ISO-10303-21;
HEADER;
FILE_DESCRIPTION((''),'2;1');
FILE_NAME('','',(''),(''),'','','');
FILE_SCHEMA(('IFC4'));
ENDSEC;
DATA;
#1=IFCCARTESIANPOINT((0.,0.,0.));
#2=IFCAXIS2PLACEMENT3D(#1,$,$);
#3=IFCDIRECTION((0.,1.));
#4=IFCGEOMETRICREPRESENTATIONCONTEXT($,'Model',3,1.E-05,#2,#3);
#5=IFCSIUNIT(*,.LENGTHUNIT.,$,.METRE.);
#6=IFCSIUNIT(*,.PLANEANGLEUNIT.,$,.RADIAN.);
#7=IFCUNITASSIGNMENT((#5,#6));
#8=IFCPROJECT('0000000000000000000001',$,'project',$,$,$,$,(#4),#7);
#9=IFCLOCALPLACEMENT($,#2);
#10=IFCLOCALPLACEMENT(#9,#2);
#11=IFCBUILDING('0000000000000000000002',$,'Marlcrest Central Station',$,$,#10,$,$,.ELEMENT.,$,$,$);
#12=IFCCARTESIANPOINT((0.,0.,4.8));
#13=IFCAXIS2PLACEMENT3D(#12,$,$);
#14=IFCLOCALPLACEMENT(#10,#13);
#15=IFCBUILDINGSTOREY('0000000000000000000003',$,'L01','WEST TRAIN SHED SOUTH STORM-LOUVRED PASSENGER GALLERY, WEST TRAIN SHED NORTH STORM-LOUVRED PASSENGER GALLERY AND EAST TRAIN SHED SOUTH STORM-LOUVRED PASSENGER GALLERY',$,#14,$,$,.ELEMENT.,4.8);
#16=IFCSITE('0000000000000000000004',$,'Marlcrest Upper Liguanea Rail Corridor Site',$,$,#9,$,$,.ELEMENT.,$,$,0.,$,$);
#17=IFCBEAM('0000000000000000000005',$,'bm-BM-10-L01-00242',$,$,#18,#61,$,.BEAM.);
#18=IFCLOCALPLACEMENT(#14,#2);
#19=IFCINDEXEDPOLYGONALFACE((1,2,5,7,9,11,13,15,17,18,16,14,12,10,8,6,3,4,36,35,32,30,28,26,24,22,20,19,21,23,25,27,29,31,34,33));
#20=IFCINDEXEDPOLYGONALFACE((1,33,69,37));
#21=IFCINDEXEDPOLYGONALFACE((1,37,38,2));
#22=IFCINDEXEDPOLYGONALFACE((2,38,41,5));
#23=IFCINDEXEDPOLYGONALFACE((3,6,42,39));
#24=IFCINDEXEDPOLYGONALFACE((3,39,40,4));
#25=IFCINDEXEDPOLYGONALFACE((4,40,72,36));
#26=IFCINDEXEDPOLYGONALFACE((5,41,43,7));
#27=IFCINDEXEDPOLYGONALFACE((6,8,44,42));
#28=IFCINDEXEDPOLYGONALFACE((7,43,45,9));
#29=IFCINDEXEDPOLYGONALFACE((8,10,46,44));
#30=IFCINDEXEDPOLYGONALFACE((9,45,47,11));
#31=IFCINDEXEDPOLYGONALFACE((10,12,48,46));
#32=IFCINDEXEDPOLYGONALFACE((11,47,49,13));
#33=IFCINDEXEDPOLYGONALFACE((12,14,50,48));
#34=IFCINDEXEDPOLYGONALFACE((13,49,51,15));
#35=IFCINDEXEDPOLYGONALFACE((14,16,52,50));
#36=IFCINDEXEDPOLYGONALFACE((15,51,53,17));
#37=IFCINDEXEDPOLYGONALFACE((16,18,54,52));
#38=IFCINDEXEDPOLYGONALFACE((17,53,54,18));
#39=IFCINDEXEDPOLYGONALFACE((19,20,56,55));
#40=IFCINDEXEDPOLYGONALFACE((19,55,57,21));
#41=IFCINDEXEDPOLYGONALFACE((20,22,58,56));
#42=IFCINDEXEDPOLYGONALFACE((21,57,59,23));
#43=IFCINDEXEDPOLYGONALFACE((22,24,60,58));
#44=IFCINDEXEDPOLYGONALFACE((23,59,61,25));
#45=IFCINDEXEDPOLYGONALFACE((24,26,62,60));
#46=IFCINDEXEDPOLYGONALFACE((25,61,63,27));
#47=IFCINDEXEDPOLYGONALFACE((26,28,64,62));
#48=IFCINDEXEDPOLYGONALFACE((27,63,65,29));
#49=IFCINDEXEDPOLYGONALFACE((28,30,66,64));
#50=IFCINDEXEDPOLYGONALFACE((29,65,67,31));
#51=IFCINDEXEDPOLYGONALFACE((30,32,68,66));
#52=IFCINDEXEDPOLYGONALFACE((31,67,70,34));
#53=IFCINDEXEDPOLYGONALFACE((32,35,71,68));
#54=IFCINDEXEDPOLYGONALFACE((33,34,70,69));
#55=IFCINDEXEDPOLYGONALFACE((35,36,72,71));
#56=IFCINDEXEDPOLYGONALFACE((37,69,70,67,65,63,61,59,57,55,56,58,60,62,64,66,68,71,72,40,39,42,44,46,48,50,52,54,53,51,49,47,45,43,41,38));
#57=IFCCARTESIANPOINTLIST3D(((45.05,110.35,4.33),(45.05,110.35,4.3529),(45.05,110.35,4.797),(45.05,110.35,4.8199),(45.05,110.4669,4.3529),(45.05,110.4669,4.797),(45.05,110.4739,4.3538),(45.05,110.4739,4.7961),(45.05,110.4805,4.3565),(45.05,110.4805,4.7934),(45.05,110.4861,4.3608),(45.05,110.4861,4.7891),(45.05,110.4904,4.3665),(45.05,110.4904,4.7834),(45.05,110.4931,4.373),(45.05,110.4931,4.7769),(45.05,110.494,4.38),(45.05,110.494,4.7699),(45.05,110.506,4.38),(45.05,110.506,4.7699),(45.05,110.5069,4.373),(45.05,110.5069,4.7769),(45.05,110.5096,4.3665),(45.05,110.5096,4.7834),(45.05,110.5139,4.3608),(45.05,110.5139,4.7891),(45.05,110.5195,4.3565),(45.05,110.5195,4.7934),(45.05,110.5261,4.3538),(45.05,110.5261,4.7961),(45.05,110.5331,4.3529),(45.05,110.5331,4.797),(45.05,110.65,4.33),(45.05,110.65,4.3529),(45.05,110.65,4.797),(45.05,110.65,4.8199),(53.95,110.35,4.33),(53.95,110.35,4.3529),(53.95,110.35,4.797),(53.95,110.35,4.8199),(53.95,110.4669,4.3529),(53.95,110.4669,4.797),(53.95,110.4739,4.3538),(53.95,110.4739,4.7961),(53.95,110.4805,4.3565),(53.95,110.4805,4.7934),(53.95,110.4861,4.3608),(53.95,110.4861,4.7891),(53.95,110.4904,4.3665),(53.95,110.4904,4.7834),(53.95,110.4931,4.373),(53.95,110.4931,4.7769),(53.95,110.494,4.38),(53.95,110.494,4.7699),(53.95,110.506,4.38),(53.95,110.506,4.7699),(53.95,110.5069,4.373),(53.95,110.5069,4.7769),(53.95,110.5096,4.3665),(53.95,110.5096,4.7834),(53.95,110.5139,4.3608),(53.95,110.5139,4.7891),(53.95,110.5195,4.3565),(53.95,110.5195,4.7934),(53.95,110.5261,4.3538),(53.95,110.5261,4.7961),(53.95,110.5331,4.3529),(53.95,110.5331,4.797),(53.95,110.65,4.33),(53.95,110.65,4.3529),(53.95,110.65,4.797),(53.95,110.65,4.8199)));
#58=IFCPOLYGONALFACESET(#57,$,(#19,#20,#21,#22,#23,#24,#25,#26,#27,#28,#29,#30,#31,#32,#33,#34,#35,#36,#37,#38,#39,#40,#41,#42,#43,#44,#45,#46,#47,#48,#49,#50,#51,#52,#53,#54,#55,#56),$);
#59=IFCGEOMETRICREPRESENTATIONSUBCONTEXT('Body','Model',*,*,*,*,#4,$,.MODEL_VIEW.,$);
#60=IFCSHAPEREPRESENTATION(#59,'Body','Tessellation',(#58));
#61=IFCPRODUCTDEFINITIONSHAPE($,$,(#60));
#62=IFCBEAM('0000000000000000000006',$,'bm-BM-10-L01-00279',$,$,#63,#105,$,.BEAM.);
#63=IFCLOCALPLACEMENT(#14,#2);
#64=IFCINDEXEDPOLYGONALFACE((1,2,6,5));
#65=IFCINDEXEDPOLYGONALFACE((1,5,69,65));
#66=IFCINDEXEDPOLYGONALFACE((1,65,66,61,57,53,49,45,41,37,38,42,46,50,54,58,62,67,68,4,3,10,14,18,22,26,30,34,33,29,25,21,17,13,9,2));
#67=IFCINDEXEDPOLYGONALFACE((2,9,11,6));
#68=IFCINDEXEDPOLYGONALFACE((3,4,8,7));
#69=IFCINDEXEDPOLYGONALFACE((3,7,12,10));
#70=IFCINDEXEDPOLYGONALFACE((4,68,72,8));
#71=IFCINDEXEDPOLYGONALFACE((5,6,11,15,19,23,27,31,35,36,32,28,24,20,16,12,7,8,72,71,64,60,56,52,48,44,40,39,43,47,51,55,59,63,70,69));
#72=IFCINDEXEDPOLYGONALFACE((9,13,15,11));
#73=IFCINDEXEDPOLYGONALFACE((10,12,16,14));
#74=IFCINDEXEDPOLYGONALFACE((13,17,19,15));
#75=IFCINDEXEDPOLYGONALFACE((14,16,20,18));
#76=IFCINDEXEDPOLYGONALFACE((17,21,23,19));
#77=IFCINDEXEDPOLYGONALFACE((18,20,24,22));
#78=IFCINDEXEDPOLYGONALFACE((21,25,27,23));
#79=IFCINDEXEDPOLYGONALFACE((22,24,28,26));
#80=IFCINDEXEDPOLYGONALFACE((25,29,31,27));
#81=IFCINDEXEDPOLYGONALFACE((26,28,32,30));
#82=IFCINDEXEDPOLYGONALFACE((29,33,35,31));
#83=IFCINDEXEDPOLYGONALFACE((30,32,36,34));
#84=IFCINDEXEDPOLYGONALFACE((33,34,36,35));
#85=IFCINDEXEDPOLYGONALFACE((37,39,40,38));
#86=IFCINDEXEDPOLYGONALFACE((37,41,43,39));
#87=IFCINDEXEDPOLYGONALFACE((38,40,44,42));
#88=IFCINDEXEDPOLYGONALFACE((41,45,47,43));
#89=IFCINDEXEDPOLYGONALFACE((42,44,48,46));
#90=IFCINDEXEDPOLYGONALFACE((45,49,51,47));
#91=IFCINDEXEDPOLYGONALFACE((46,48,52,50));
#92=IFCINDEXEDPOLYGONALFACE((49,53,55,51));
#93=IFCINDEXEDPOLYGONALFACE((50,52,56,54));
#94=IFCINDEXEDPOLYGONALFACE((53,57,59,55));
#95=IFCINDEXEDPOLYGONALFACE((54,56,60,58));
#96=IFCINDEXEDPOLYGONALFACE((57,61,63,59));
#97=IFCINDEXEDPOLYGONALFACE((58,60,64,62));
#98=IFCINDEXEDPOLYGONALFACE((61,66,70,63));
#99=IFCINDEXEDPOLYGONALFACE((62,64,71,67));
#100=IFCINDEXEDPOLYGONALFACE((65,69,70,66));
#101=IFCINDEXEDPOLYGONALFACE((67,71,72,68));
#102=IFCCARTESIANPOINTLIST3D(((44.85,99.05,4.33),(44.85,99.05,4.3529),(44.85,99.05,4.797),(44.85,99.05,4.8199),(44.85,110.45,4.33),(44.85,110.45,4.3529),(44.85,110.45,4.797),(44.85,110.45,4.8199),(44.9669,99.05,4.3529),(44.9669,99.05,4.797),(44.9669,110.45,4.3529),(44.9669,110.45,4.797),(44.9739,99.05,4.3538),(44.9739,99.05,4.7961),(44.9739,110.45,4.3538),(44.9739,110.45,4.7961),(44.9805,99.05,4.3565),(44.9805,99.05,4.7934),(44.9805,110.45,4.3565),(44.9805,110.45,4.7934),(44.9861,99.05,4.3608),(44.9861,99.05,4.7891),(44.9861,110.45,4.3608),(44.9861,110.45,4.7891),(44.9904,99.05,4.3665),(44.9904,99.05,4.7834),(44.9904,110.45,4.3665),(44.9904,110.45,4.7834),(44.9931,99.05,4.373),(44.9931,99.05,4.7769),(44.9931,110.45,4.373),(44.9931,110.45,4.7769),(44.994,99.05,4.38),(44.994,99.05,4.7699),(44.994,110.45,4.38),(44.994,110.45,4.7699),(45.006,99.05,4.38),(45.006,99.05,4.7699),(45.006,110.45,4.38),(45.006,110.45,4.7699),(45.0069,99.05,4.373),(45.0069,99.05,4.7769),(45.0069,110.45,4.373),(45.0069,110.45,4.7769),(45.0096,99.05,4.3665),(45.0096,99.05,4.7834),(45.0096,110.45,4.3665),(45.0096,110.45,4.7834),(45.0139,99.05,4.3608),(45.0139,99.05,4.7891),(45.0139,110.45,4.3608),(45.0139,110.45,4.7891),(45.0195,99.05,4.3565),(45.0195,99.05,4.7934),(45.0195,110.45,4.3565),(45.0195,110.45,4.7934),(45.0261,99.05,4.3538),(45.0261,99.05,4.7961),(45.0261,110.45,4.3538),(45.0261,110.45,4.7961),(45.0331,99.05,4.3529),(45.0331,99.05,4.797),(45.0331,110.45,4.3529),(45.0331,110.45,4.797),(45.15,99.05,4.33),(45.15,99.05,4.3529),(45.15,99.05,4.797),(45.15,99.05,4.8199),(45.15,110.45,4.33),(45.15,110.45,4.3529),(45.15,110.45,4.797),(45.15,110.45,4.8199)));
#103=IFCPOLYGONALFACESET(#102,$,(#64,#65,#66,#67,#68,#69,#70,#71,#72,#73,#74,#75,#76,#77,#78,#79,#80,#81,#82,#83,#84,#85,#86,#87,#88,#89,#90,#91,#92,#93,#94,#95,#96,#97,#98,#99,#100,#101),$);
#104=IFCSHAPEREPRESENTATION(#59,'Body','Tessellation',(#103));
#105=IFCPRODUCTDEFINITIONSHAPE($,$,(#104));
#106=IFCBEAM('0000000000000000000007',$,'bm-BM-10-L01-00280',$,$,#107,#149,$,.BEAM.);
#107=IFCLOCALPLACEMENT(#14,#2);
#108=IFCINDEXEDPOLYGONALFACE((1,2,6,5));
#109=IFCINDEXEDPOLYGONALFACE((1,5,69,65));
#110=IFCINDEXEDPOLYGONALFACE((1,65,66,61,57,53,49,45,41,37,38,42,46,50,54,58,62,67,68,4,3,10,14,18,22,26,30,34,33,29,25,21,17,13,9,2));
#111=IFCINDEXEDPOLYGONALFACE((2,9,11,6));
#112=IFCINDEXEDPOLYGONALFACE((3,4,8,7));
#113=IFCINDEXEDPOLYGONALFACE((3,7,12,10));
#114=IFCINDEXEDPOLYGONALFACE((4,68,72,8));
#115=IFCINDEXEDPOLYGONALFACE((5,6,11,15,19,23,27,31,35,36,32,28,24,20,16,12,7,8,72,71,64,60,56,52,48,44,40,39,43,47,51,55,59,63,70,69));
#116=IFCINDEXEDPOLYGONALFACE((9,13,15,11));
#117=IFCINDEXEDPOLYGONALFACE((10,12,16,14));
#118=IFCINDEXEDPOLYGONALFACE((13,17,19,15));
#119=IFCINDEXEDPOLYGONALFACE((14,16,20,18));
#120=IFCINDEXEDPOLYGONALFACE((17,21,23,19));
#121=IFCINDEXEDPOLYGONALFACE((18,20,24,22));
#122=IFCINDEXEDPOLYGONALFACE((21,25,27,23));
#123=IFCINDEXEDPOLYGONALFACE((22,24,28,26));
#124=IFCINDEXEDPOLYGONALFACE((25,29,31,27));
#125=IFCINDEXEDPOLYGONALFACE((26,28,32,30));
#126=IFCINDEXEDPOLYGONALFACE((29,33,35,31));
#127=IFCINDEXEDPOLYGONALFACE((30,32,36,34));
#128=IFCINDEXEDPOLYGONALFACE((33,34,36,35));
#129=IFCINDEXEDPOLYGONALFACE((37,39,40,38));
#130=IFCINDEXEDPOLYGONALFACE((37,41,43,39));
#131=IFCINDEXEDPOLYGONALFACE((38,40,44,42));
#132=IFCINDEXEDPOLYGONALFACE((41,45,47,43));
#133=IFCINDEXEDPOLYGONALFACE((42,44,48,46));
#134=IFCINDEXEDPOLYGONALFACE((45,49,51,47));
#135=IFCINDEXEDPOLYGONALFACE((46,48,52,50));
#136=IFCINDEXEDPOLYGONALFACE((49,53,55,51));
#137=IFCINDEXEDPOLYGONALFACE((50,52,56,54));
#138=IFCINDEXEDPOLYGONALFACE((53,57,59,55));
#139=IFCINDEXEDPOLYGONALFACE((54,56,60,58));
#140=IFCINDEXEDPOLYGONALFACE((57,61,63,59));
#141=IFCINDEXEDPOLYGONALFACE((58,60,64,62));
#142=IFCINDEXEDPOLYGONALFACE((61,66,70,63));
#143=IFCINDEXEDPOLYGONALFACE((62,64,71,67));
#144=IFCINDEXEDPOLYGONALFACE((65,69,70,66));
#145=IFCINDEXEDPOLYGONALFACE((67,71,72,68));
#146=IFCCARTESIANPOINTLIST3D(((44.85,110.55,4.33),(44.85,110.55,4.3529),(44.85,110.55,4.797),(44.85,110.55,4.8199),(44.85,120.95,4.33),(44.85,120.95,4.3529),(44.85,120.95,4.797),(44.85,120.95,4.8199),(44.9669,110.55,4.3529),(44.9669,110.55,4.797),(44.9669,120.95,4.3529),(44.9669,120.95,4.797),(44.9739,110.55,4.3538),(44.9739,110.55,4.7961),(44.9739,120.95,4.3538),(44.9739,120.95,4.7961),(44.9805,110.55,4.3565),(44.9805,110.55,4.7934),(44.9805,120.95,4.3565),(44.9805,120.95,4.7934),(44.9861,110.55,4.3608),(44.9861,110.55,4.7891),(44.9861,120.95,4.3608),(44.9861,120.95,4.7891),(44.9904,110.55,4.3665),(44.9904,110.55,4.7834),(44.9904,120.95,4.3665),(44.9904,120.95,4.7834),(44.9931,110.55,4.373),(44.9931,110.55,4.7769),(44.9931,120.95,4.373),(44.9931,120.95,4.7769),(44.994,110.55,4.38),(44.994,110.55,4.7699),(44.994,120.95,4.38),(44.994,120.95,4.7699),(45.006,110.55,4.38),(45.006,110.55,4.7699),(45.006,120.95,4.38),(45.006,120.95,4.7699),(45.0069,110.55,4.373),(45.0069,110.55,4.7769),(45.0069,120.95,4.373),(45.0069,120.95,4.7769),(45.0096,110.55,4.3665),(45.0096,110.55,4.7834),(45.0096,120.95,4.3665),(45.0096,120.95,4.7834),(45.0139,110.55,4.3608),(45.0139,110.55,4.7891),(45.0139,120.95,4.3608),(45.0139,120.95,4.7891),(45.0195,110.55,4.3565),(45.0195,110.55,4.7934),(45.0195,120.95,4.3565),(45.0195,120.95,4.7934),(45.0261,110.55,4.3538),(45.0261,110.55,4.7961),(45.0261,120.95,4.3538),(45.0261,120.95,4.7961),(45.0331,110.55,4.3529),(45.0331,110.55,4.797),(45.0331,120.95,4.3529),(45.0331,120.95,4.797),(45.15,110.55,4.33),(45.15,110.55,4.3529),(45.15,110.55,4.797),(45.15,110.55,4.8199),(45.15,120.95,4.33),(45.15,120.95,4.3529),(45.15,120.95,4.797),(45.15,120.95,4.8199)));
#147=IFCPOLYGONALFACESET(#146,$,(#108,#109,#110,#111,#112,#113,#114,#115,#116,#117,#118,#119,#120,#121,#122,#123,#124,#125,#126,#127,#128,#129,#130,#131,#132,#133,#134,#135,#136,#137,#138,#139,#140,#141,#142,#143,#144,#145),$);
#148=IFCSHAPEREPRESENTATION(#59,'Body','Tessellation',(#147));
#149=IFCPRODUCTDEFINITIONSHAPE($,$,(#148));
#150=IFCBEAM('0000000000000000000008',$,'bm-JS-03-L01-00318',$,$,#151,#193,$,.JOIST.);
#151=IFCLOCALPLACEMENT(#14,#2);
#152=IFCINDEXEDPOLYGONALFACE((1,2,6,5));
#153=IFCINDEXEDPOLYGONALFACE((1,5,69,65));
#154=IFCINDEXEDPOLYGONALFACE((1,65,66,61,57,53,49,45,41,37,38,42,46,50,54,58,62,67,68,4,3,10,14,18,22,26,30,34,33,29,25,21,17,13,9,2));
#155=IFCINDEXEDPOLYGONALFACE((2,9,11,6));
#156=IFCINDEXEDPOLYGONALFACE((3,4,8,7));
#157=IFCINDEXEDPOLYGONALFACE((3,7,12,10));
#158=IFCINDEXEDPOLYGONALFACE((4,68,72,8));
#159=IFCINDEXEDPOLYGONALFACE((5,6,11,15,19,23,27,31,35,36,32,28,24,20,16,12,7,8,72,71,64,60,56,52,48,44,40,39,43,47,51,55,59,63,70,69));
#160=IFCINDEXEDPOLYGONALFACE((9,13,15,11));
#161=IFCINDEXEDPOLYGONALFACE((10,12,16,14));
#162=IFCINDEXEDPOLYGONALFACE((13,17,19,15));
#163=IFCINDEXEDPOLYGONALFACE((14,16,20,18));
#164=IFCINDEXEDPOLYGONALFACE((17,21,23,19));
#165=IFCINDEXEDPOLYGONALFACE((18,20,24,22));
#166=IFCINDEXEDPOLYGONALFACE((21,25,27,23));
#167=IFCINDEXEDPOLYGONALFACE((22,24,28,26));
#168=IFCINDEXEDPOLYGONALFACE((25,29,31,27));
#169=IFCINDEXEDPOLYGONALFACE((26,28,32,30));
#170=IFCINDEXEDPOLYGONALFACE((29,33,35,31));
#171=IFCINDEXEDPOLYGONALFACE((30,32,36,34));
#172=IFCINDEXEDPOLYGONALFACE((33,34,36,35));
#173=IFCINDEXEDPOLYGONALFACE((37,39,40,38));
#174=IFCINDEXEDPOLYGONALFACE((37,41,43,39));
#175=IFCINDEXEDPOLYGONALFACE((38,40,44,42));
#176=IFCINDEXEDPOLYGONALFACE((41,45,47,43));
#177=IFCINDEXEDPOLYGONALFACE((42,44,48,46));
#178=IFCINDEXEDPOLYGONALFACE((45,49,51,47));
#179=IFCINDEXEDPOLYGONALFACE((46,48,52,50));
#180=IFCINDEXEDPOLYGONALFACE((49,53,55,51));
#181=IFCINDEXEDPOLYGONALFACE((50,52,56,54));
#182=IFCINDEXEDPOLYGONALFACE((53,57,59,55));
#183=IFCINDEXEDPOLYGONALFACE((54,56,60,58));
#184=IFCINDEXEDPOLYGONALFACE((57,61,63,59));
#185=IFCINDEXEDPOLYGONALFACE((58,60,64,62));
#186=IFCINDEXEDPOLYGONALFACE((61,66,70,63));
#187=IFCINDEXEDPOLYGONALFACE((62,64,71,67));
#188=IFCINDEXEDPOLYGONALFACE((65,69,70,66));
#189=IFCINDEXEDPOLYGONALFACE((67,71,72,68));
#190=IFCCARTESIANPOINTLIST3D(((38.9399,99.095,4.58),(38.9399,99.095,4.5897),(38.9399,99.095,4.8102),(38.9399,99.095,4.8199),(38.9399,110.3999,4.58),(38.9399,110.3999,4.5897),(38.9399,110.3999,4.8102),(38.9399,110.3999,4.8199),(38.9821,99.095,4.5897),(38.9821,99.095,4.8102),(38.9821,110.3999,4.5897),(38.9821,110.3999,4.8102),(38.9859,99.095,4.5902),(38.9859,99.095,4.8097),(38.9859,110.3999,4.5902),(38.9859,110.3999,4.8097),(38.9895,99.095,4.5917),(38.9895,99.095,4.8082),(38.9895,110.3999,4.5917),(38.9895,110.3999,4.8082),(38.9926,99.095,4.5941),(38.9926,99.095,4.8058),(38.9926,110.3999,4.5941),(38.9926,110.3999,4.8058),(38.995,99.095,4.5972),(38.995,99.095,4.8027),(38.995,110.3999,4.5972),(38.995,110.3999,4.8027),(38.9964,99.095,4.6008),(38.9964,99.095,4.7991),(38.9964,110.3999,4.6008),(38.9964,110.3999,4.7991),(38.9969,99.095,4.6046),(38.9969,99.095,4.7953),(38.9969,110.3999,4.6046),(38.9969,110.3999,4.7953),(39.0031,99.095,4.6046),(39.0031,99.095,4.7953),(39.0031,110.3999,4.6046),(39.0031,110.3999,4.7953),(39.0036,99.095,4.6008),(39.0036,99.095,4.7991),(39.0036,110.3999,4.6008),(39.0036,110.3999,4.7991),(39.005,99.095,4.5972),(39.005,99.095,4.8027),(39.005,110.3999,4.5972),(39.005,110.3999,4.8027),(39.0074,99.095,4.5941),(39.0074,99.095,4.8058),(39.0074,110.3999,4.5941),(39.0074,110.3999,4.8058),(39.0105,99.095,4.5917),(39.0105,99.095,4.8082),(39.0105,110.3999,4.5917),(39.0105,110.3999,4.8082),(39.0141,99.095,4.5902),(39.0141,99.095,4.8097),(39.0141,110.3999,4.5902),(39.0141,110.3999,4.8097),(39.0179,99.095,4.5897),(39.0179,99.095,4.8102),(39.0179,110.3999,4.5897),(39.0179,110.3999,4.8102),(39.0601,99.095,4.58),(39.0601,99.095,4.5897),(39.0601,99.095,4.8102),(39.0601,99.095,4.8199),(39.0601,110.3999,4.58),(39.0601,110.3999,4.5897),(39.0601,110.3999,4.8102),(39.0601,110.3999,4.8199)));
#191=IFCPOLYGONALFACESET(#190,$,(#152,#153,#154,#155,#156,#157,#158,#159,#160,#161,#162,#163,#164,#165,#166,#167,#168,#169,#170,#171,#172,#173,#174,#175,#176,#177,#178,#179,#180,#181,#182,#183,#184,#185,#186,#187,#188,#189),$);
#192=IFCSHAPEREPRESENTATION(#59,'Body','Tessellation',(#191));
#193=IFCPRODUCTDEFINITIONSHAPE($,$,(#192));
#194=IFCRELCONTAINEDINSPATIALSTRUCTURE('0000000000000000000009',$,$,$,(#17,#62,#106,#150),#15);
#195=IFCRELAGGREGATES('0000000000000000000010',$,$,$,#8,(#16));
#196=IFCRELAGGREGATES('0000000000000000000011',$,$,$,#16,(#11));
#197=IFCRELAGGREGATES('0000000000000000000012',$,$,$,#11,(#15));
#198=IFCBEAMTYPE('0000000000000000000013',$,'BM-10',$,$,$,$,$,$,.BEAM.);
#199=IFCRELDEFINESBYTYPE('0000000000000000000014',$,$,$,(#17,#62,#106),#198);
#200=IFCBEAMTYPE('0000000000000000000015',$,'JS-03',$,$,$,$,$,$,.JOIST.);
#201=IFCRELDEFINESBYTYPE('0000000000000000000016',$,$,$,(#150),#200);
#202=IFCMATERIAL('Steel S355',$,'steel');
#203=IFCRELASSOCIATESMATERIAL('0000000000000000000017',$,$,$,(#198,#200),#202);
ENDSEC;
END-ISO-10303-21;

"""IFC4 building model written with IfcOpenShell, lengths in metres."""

from ifc_helpers import new_model, si_unit, direction, frame, origin, origin_2d, place, context, subcontext, project, spatial, i_section, extrude, material, material_profile, profile_set, type_object, element, save


model = new_model("IFC4")

# Units and contexts
model_context = context("Model", 3, precision=1e-05, world=origin(), true_north=direction((0.0, 1.0)))
body_context = subcontext(model_context, "Body", "Model", "MODEL_VIEW")
ifc_project = project(units=[si_unit("LENGTHUNIT", "METRE"), si_unit("PLANEANGLEUNIT", "RADIAN")], contexts=[model_context])

# Site, building, storey
site_placement = place(None, origin())
site = spatial("IfcSite", under=ifc_project, at=site_placement, Name="Marlcrest Upper Liguanea Rail Corridor Site", CompositionType="ELEMENT", RefElevation=0.0)
building_placement = place(site_placement, origin())
building = spatial("IfcBuilding", under=site, at=building_placement, Name="Marlcrest Central Station", CompositionType="ELEMENT")
storey_placement = place(building_placement, frame((0.0, 0.0, 4.8)))
storey = spatial("IfcBuildingStorey", under=building, at=storey_placement, Name="L01", Description="WEST TRAIN SHED SOUTH STORM-LOUVRED PASSENGER GALLERY, WEST TRAIN SHED NORTH STORM-LOUVRED PASSENGER GALLERY AND EAST TRAIN SHED SOUTH STORM-LOUVRED PASSENGER GALLERY", CompositionType="ELEMENT", Elevation=4.8)

# Shared definitions
ifc_material_1 = material(Name="Steel S355", Category="steel")

# Beams
ifc_material_profile_1 = material_profile(ifc_material_1, i_section(OverallWidth=0.3, OverallDepth=0.49, WebThickness=0.012, FlangeThickness=0.0229, FilletRadius=0.0271, at=origin_2d()), Name="HEA 500")
ifc_profile_set_1 = profile_set([ifc_material_profile_1], Name="Steel S355")
beam_type_1 = type_object("IfcBeamType", Name="BM-10", PredefinedType="BEAM", material=ifc_profile_set_1)
beam_1_placement = place(storey_placement, frame((45.05, 110.5, 4.575), z_axis=(1.0, 0.0, 0.0), x_axis=(0.0, 1.0, 0.0)))
element("IfcBeam", 1, at=beam_1_placement, inside=storey, type_object=beam_type_1, Name="bm-BM-10-L01-00242", PredefinedType="BEAM", context=body_context, shape_type="SweptSolid", body=[
    extrude(i_section(OverallWidth=0.3, OverallDepth=0.49, WebThickness=0.012, FlangeThickness=0.0229, FilletRadius=0.0271, at=origin_2d()), origin(), (0.0, 0.0, 1.0), 8.8999),
])
beam_2_placement = place(storey_placement, frame((45.0, 99.05, 4.575), z_axis=(0.0, 1.0, 0.0), x_axis=(-1.0, 0.0, 0.0)))
element("IfcBeam", 2, at=beam_2_placement, inside=storey, type_object=beam_type_1, Name="bm-BM-10-L01-00279", PredefinedType="BEAM", context=body_context, shape_type="SweptSolid", body=[
    extrude(i_section(OverallWidth=0.3, OverallDepth=0.49, WebThickness=0.012, FlangeThickness=0.0229, FilletRadius=0.0271, at=origin_2d()), origin(), (0.0, 0.0, 1.0), 11.3999),
])
beam_3_placement = place(storey_placement, frame((45.0, 110.55, 4.575), z_axis=(0.0, 1.0, 0.0), x_axis=(-1.0, 0.0, 0.0)))
element("IfcBeam", 3, at=beam_3_placement, inside=storey, type_object=beam_type_1, Name="bm-BM-10-L01-00280", PredefinedType="BEAM", context=body_context, shape_type="SweptSolid", body=[
    extrude(i_section(OverallWidth=0.3, OverallDepth=0.49, WebThickness=0.012, FlangeThickness=0.0229, FilletRadius=0.0271, at=origin_2d()), origin(), (0.0, 0.0, 1.0), 10.3999),
])
ifc_material_profile_2 = material_profile(ifc_material_1, i_section(OverallWidth=0.1201, OverallDepth=0.24, WebThickness=0.0061, FlangeThickness=0.0098, FilletRadius=0.0149, at=origin_2d()), Name="IPE 240")
ifc_profile_set_2 = profile_set([ifc_material_profile_2], Name="Steel S355")
beam_type_2 = type_object("IfcBeamType", Name="JS-03", PredefinedType="JOIST", material=ifc_profile_set_2)
beam_4_placement = place(storey_placement, frame((39.0, 99.095, 4.7), z_axis=(0.0, 1.0, 0.0), x_axis=(-1.0, 0.0, 0.0)))
element("IfcBeam", 4, at=beam_4_placement, inside=storey, type_object=beam_type_2, Name="bm-JS-03-L01-00318", PredefinedType="JOIST", context=body_context, shape_type="SweptSolid", body=[
    extrude(i_section(OverallWidth=0.1201, OverallDepth=0.24, WebThickness=0.0061, FlangeThickness=0.0098, FilletRadius=0.0149, at=origin_2d()), origin(), (0.0, 0.0, 1.0), 11.3049),
])

save(model, "model.ifc")
